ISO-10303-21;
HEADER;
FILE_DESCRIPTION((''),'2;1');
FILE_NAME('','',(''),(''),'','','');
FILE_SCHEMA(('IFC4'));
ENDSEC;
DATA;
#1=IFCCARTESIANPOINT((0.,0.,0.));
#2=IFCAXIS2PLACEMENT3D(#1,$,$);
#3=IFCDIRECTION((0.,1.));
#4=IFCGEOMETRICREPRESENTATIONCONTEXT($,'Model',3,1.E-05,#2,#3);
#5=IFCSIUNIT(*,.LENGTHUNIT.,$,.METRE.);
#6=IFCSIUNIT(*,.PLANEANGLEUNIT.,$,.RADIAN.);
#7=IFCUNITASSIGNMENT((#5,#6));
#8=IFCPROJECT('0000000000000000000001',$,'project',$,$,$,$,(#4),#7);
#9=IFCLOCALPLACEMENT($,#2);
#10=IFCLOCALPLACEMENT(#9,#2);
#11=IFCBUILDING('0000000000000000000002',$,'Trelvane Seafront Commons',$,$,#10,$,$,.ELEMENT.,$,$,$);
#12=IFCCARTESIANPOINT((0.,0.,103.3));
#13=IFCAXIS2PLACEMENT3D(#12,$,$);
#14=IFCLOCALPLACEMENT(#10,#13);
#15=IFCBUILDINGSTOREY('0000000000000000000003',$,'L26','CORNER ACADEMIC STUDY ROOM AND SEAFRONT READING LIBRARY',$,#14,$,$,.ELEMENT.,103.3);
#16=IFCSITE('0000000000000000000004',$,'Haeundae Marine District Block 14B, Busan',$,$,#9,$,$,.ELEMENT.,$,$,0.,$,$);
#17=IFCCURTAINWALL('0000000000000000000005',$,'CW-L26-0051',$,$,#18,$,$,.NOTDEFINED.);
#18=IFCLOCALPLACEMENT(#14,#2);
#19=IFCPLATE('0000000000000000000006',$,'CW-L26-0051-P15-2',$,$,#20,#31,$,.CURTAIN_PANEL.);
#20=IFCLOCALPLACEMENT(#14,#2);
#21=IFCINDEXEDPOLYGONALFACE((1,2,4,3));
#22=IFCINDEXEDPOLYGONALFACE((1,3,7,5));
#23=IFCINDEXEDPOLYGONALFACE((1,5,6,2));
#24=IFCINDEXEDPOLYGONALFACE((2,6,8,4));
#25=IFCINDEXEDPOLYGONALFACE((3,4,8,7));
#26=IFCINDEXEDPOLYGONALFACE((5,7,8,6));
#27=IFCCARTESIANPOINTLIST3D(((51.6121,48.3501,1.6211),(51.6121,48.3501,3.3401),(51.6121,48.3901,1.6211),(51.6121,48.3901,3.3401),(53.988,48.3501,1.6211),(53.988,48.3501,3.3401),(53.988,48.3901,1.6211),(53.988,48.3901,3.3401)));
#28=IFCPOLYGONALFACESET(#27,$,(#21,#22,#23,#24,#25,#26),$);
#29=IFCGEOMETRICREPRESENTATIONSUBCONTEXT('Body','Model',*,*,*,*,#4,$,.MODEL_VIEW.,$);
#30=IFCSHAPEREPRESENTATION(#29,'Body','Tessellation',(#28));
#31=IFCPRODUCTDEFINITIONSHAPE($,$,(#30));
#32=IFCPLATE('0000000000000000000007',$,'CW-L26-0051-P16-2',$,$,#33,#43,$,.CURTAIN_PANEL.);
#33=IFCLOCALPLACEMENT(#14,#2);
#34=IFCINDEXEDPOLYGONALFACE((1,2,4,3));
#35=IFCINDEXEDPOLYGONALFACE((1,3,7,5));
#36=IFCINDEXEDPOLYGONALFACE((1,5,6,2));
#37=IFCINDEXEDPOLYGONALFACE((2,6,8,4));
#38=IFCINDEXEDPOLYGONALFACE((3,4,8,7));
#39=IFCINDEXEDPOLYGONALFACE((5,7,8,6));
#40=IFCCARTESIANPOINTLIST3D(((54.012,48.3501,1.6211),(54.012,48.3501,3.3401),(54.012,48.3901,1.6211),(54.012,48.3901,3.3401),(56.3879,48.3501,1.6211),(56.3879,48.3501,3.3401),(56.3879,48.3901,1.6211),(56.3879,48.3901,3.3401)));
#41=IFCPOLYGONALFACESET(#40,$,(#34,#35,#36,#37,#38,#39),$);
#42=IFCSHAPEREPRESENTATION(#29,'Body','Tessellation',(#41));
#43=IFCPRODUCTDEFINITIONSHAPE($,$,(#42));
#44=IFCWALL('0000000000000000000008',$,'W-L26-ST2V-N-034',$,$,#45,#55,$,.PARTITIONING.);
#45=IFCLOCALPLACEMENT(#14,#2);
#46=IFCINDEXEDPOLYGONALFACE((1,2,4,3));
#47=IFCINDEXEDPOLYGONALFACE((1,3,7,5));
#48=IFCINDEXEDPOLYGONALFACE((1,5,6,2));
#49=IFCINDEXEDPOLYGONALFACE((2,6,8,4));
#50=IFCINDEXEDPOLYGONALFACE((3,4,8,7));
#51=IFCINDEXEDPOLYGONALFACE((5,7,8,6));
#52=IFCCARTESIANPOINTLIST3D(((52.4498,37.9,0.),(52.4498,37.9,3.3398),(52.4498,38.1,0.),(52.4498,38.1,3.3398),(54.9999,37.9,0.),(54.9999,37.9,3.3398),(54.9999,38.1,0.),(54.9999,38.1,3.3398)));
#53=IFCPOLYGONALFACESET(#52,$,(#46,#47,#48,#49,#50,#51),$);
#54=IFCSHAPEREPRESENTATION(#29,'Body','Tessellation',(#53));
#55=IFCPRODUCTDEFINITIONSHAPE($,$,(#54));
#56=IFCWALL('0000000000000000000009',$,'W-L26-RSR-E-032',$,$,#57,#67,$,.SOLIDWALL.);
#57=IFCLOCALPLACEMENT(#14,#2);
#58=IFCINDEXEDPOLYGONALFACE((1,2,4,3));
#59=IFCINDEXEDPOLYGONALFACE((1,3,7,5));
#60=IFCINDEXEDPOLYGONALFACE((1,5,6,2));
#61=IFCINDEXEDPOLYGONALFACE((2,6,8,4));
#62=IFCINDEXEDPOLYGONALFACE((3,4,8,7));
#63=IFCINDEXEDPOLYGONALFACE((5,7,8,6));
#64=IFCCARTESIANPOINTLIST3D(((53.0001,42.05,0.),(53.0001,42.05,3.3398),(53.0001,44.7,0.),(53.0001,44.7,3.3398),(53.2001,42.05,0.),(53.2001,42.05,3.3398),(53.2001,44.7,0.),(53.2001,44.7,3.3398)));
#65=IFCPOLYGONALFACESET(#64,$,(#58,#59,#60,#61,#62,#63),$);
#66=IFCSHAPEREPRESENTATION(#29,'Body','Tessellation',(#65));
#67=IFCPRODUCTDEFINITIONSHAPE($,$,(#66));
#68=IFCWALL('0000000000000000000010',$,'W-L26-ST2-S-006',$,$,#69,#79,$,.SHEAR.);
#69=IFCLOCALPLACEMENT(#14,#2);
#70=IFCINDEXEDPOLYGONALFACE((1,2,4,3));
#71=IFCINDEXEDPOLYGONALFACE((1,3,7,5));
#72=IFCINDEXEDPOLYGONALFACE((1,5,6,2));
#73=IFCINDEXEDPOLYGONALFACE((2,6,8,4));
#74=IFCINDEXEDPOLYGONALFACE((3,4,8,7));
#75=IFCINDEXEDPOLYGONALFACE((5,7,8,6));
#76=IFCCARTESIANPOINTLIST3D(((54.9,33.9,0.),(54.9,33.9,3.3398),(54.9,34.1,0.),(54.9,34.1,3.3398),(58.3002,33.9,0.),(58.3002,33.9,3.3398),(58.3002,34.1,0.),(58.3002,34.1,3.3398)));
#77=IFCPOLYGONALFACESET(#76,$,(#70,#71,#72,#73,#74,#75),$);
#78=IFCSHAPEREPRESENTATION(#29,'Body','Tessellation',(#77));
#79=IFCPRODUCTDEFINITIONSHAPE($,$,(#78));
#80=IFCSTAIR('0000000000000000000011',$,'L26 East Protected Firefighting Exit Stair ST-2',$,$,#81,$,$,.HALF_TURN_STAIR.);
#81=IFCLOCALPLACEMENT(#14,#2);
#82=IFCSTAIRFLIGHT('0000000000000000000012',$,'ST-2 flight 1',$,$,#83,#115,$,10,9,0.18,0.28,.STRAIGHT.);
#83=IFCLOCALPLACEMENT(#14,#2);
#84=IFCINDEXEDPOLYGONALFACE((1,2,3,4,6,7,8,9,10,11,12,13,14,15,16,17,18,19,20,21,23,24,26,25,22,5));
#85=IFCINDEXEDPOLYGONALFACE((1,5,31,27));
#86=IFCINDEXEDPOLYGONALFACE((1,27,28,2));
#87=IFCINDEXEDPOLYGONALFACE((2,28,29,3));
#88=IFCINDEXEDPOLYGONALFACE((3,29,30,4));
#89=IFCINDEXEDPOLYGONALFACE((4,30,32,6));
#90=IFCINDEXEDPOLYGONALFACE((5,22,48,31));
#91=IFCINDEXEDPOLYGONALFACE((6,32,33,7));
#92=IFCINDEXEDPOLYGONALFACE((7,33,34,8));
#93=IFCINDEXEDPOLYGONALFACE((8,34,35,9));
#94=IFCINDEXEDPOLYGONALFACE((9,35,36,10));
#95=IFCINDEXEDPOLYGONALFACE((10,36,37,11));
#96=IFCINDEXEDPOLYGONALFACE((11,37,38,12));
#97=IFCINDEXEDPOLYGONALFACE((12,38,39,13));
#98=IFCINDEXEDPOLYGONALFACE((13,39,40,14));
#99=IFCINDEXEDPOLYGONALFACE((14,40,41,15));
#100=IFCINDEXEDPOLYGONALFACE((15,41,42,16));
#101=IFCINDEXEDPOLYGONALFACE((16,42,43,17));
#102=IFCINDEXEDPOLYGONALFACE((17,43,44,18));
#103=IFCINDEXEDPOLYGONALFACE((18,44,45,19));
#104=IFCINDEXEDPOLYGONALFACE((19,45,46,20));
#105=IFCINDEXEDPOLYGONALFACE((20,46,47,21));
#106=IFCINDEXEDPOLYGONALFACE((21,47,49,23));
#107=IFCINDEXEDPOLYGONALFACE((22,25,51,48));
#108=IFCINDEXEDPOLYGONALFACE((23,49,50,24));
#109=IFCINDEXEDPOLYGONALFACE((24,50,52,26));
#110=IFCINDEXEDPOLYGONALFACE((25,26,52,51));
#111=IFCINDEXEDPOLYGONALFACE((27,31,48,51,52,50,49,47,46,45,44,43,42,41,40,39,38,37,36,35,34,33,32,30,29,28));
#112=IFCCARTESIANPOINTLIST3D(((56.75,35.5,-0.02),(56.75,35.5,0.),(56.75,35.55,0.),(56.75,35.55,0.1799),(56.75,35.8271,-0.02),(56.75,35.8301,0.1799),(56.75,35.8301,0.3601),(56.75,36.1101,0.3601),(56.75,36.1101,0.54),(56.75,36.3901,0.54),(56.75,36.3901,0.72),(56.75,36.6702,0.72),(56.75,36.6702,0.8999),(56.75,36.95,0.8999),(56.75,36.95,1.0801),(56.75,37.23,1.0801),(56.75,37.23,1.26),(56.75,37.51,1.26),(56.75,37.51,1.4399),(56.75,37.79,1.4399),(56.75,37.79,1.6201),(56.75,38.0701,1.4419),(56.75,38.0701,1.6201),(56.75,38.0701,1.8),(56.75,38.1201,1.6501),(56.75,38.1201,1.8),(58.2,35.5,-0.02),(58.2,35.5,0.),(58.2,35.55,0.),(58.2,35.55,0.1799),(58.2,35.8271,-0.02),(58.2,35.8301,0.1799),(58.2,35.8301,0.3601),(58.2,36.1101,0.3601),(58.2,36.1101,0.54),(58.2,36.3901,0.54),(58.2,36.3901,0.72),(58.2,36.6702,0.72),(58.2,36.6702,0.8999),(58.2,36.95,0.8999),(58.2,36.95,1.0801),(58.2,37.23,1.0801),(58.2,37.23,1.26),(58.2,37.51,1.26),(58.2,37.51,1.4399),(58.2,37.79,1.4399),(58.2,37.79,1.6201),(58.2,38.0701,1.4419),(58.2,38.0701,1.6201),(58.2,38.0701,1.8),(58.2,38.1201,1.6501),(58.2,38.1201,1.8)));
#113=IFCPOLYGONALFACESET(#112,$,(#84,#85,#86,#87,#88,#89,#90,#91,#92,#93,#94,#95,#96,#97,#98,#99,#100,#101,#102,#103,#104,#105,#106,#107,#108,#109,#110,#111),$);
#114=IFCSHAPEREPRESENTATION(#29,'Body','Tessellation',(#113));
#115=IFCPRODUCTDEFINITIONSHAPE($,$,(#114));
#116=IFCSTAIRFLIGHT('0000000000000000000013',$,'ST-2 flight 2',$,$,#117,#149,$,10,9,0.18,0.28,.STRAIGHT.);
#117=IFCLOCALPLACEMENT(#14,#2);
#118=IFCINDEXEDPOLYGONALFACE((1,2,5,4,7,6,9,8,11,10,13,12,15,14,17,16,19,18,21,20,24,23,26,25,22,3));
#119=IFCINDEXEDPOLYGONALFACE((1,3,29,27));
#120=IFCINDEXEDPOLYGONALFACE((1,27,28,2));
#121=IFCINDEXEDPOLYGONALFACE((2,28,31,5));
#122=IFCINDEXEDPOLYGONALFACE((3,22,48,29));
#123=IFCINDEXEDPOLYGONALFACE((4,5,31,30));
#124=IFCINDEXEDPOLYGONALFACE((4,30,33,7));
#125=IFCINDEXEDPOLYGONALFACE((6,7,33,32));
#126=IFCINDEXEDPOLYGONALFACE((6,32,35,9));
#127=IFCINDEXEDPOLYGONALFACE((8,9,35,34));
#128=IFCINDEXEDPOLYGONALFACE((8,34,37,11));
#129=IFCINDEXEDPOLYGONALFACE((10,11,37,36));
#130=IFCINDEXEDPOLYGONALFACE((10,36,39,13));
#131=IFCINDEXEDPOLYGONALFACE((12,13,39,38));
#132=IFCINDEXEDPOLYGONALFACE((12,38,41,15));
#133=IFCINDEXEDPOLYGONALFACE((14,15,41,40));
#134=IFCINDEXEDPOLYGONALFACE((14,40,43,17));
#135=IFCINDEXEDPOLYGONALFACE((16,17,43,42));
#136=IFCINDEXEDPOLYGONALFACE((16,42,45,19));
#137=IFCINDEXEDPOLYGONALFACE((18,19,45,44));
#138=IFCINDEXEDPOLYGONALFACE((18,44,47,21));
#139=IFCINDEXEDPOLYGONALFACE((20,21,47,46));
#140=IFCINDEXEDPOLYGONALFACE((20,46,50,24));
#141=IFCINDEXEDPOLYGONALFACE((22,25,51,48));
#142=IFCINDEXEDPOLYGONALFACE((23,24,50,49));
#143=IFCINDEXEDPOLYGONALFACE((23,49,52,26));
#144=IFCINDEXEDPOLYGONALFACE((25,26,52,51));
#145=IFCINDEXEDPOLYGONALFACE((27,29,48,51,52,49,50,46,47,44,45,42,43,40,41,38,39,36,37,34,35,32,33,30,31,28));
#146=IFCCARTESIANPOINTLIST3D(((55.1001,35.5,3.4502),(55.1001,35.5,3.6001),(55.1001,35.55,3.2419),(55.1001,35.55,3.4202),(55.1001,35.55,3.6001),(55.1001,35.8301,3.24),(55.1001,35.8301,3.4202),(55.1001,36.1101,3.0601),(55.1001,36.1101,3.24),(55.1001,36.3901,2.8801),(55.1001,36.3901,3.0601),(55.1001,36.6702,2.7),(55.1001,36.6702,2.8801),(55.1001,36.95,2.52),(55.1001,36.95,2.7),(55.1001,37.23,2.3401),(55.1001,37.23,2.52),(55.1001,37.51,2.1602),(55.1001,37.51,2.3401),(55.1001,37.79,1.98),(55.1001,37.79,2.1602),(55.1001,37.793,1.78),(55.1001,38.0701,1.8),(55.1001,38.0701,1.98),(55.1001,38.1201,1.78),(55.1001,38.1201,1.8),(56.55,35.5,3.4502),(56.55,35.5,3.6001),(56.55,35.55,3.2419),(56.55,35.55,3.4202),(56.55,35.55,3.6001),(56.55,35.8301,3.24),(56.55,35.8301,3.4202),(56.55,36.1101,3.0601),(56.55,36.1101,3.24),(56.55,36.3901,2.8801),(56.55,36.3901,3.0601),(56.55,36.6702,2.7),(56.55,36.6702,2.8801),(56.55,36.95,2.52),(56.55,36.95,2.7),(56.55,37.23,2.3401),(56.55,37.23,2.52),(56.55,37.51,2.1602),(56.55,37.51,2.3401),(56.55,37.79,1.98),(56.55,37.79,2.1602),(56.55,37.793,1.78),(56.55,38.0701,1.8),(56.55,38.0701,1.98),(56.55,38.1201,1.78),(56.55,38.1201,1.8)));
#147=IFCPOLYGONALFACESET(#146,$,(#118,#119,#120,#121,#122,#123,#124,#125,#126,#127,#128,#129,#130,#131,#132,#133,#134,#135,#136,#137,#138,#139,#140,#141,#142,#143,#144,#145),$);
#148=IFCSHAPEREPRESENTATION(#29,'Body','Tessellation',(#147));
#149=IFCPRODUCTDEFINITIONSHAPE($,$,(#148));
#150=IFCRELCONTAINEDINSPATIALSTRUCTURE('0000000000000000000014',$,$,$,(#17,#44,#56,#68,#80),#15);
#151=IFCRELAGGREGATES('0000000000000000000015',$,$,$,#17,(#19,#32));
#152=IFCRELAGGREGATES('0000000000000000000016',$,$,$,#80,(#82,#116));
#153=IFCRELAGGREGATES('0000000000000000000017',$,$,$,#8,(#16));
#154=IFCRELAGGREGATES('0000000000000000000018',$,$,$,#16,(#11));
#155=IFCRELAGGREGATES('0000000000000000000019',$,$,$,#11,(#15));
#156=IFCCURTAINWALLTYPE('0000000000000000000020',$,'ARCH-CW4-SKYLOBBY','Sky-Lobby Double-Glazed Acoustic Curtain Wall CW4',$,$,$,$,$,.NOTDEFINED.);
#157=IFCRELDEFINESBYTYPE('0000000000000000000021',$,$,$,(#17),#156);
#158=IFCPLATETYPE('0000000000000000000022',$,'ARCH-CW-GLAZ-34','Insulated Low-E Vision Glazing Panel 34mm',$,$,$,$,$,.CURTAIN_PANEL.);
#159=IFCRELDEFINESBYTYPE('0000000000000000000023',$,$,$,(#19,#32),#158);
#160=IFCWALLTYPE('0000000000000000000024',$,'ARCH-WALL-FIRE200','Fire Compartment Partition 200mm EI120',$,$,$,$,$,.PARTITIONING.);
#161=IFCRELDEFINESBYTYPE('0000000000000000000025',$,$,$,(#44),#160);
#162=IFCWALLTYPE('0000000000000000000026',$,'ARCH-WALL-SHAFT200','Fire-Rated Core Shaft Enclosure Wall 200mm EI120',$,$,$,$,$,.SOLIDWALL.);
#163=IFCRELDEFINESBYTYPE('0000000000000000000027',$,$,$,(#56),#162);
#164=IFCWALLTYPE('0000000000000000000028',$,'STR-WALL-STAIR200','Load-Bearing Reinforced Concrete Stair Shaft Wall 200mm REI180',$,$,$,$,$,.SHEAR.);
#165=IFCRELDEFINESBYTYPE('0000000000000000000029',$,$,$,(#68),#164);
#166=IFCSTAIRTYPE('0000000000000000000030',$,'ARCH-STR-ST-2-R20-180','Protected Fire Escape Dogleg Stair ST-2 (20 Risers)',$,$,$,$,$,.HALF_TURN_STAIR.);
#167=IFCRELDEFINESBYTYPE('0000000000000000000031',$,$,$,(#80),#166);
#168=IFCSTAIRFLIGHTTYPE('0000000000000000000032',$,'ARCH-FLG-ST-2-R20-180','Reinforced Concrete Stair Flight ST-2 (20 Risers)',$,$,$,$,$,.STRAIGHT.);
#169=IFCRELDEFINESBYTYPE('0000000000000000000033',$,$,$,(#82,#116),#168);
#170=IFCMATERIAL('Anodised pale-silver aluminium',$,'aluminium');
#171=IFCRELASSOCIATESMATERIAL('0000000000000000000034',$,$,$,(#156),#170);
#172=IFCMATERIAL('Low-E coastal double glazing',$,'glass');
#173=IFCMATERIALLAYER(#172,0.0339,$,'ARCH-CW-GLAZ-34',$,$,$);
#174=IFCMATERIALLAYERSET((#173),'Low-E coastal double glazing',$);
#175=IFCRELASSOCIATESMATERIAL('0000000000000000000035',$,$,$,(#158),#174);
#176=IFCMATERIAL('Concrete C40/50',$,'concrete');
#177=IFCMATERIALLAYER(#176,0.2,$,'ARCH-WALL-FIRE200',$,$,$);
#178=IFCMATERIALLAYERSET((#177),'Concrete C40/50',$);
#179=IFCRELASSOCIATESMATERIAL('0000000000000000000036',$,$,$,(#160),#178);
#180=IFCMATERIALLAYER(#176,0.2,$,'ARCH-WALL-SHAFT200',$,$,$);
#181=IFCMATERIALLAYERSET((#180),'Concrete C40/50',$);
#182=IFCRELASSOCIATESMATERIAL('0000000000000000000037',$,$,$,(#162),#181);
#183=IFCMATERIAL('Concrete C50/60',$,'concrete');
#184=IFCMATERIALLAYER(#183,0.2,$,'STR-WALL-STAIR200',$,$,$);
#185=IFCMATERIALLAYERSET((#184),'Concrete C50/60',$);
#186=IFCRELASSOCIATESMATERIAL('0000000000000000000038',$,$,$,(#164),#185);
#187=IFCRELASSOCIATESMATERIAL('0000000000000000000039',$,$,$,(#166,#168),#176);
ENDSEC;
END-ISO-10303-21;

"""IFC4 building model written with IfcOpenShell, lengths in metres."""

from ifc_helpers import new_model, si_unit, direction, frame, frame_2d, origin, origin_2d, place, context, subcontext, project, spatial, polyline, rectangle, outline, extrude, source, transform, mapped, material, layer, layer_set, type_object, element, aggregate, save


model = new_model("IFC4")

# Units and contexts
model_context = context("Model", 3, precision=1e-05, world=origin(), true_north=direction((0.0, 1.0)))
body_context = subcontext(model_context, "Body", "Model", "MODEL_VIEW")
ifc_project = project(units=[si_unit("LENGTHUNIT", "METRE"), si_unit("PLANEANGLEUNIT", "RADIAN")], contexts=[model_context])

# Site, building, storey
site_placement = place(None, origin())
site = spatial("IfcSite", under=ifc_project, at=site_placement, Name="Haeundae Marine District Block 14B, Busan", CompositionType="ELEMENT", RefElevation=0.0)
building_placement = place(site_placement, origin())
building = spatial("IfcBuilding", under=site, at=building_placement, Name="Trelvane Seafront Commons", CompositionType="ELEMENT")
storey_placement = place(building_placement, frame((0.0, 0.0, 103.3)))
storey = spatial("IfcBuildingStorey", under=building, at=storey_placement, Name="L26", Description="CORNER ACADEMIC STUDY ROOM AND SEAFRONT READING LIBRARY", CompositionType="ELEMENT", Elevation=103.3)

# Curtain wall
ifc_material_1 = material(Name="Anodised pale-silver aluminium", Category="aluminium")
curtain_wall_type = type_object("IfcCurtainWallType", Name="ARCH-CW4-SKYLOBBY", Description="Sky-Lobby Double-Glazed Acoustic Curtain Wall CW4", PredefinedType="NOTDEFINED", material=ifc_material_1)
curtain_wall_placement = place(storey_placement, origin())
curtain_wall = element("IfcCurtainWall", 1, at=curtain_wall_placement, inside=storey, type_object=curtain_wall_type, Name="CW-L26-0051", PredefinedType="NOTDEFINED")

# Plates
ifc_material_2 = material(Name="Low-E coastal double glazing", Category="glass")
ifc_layer_1 = layer(ifc_material_2, 0.0339, Name="ARCH-CW-GLAZ-34")
ifc_layer_set_1 = layer_set([ifc_layer_1], Name="Low-E coastal double glazing")
plate_type_1 = type_object("IfcPlateType", Name="ARCH-CW-GLAZ-34", Description="Insulated Low-E Vision Glazing Panel 34mm", PredefinedType="CURTAIN_PANEL", material=ifc_layer_set_1)
shared_shape_1 = source(origin(), body_context, "Body", "SweptSolid", [
    extrude(rectangle(XDim=2.376, YDim=0.04, at=origin_2d()), origin(), (0.0, 0.0, 1.0), 1.719),
])
plate_1_placement = place(storey_placement, frame((52.8, 48.3701, 1.6211), z_axis=(0.0, 0.0, 1.0), x_axis=(1.0, 0.0, 0.0)))
plate_1 = element("IfcPlate", 2, at=plate_1_placement, type_object=plate_type_1, Name="CW-L26-0051-P15-2", PredefinedType="CURTAIN_PANEL", context=body_context, shape_type="MappedRepresentation", body=[
    mapped(shared_shape_1, transform((0.0, 0.0, 0.0), x_axis=(1.0, 0.0, 0.0), y_axis=(0.0, 1.0, 0.0), z_axis=(0.0, 0.0, 1.0), scale=1.0)),
])
plate_2_placement = place(storey_placement, frame((55.2, 48.3701, 1.6211), z_axis=(0.0, 0.0, 1.0), x_axis=(1.0, 0.0, 0.0)))
plate_2 = element("IfcPlate", 3, at=plate_2_placement, type_object=plate_type_1, Name="CW-L26-0051-P16-2", PredefinedType="CURTAIN_PANEL", context=body_context, shape_type="MappedRepresentation", body=[
    mapped(shared_shape_1, transform((0.0, 0.0, 0.0), x_axis=(1.0, 0.0, 0.0), y_axis=(0.0, 1.0, 0.0), z_axis=(0.0, 0.0, 1.0), scale=1.0)),
])
aggregate(curtain_wall, [plate_1, plate_2])

# Walls
ifc_material_3 = material(Name="Concrete C40/50", Category="concrete")
ifc_layer_2 = layer(ifc_material_3, 0.2, Name="ARCH-WALL-FIRE200")
ifc_layer_set_2 = layer_set([ifc_layer_2], Name="Concrete C40/50")
wall_type_1 = type_object("IfcWallType", Name="ARCH-WALL-FIRE200", Description="Fire Compartment Partition 200mm EI120", PredefinedType="PARTITIONING", material=ifc_layer_set_2)
wall_1_placement = place(storey_placement, frame((52.45, 38.0, 0.0), z_axis=(0.0, 0.0, 1.0), x_axis=(1.0, 0.0, 0.0)))
element("IfcWall", 4, at=wall_1_placement, inside=storey, type_object=wall_type_1, Name="W-L26-ST2V-N-034", PredefinedType="PARTITIONING", context=body_context, shape_type="SweptSolid", body=[
    extrude(rectangle(XDim=2.55, YDim=0.2, at=frame_2d((1.2749, 0.0))), origin(), (0.0, 0.0, 1.0), 3.3398),
])
ifc_layer_3 = layer(ifc_material_3, 0.2, Name="ARCH-WALL-SHAFT200")
ifc_layer_set_3 = layer_set([ifc_layer_3], Name="Concrete C40/50")
wall_type_2 = type_object("IfcWallType", Name="ARCH-WALL-SHAFT200", Description="Fire-Rated Core Shaft Enclosure Wall 200mm EI120", PredefinedType="SOLIDWALL", material=ifc_layer_set_3)
wall_2_placement = place(storey_placement, frame((53.1001, 42.05, 0.0), z_axis=(0.0, 0.0, 1.0), x_axis=(0.0, 1.0, 0.0)))
element("IfcWall", 5, at=wall_2_placement, inside=storey, type_object=wall_type_2, Name="W-L26-RSR-E-032", PredefinedType="SOLIDWALL", context=body_context, shape_type="SweptSolid", body=[
    extrude(rectangle(XDim=2.6499, YDim=0.2, at=frame_2d((1.325, 0.0))), origin(), (0.0, 0.0, 1.0), 3.3398),
])
ifc_material_4 = material(Name="Concrete C50/60", Category="concrete")
ifc_layer_4 = layer(ifc_material_4, 0.2, Name="STR-WALL-STAIR200")
ifc_layer_set_4 = layer_set([ifc_layer_4], Name="Concrete C50/60")
wall_type_3 = type_object("IfcWallType", Name="STR-WALL-STAIR200", Description="Load-Bearing Reinforced Concrete Stair Shaft Wall 200mm REI180", PredefinedType="SHEAR", material=ifc_layer_set_4)
wall_3_placement = place(storey_placement, frame((54.8999, 34.0, 0.0), z_axis=(0.0, 0.0, 1.0), x_axis=(1.0, 0.0, 0.0)))
element("IfcWall", 6, at=wall_3_placement, inside=storey, type_object=wall_type_3, Name="W-L26-ST2-S-006", PredefinedType="SHEAR", context=body_context, shape_type="SweptSolid", body=[
    extrude(rectangle(XDim=3.4001, YDim=0.2, at=frame_2d((1.7002, 0.0))), origin(), (0.0, 0.0, 1.0), 3.3398),
])

# Stair, stair flights
stair_type = type_object("IfcStairType", Name="ARCH-STR-ST-2-R20-180", Description="Protected Fire Escape Dogleg Stair ST-2 (20 Risers)", PredefinedType="HALF_TURN_STAIR", material=ifc_material_3)
stair_placement = place(storey_placement, origin())
stair = element("IfcStair", 7, at=stair_placement, inside=storey, type_object=stair_type, Name="L26 East Protected Firefighting Exit Stair ST-2", PredefinedType="HALF_TURN_STAIR")
stair_flight_type = type_object("IfcStairFlightType", Name="ARCH-FLG-ST-2-R20-180", Description="Reinforced Concrete Stair Flight ST-2 (20 Risers)", PredefinedType="STRAIGHT", material=ifc_material_3)
shared_shape_2 = source(origin(), body_context, "Body", "SweptSolid", [
    extrude(outline(polyline([(-0.05, -0.02), (-0.05, 0.0), (0.0, 0.0), (0.0, 0.1799), (0.28, 0.1799), (0.28, 0.3601), (0.5601, 0.3601), (0.5601, 0.54), (0.8401, 0.54), (0.8401, 0.72), (1.1201, 0.72), (1.1201, 0.8999), (1.3999, 0.8999), (1.3999, 1.0801), (1.6799, 1.0801), (1.6799, 1.26), (1.96, 1.26), (1.96, 1.4399), (2.24, 1.4399), (2.24, 1.6201), (2.52, 1.6201), (2.52, 1.8), (2.5701, 1.8), (2.5701, 1.6501), (2.52, 1.4419), (0.2771, -0.02), (-0.05, -0.02)])), frame((0.0, 0.7251, 0.0), z_axis=(0.0, -1.0, 0.0), x_axis=(1.0, 0.0, 0.0)), (0.0, 0.0, 1.0), 1.45),
])
stair_flight_1_placement = place(storey_placement, frame((57.4751, 35.55, 0.0), z_axis=(0.0, 0.0, 1.0), x_axis=(0.0, 1.0, 0.0)))
stair_flight_1 = element("IfcStairFlight", 8, at=stair_flight_1_placement, type_object=stair_flight_type, Name="ST-2 flight 1", NumberOfRisers=10, NumberOfTreads=9, PredefinedType="STRAIGHT", RiserHeight=0.18, TreadLength=0.28, context=body_context, shape_type="MappedRepresentation", body=[
    mapped(shared_shape_2, transform((0.0, 0.0, 0.0), x_axis=(1.0, 0.0, 0.0), y_axis=(0.0, 1.0, 0.0), z_axis=(0.0, 0.0, 1.0), scale=1.0)),
])
stair_flight_2_placement = place(storey_placement, frame((55.825, 38.0701, 1.8), z_axis=(0.0, 0.0, 1.0), x_axis=(0.0, -1.0, 0.0)))
stair_flight_2 = element("IfcStairFlight", 9, at=stair_flight_2_placement, type_object=stair_flight_type, Name="ST-2 flight 2", NumberOfRisers=10, NumberOfTreads=9, PredefinedType="STRAIGHT", RiserHeight=0.18, TreadLength=0.28, context=body_context, shape_type="MappedRepresentation", body=[
    mapped(shared_shape_2, transform((0.0, 0.0, 0.0), x_axis=(1.0, 0.0, 0.0), y_axis=(0.0, 1.0, 0.0), z_axis=(0.0, 0.0, 1.0), scale=1.0)),
])
aggregate(stair, [stair_flight_1, stair_flight_2])

save(model, "model.ifc")
